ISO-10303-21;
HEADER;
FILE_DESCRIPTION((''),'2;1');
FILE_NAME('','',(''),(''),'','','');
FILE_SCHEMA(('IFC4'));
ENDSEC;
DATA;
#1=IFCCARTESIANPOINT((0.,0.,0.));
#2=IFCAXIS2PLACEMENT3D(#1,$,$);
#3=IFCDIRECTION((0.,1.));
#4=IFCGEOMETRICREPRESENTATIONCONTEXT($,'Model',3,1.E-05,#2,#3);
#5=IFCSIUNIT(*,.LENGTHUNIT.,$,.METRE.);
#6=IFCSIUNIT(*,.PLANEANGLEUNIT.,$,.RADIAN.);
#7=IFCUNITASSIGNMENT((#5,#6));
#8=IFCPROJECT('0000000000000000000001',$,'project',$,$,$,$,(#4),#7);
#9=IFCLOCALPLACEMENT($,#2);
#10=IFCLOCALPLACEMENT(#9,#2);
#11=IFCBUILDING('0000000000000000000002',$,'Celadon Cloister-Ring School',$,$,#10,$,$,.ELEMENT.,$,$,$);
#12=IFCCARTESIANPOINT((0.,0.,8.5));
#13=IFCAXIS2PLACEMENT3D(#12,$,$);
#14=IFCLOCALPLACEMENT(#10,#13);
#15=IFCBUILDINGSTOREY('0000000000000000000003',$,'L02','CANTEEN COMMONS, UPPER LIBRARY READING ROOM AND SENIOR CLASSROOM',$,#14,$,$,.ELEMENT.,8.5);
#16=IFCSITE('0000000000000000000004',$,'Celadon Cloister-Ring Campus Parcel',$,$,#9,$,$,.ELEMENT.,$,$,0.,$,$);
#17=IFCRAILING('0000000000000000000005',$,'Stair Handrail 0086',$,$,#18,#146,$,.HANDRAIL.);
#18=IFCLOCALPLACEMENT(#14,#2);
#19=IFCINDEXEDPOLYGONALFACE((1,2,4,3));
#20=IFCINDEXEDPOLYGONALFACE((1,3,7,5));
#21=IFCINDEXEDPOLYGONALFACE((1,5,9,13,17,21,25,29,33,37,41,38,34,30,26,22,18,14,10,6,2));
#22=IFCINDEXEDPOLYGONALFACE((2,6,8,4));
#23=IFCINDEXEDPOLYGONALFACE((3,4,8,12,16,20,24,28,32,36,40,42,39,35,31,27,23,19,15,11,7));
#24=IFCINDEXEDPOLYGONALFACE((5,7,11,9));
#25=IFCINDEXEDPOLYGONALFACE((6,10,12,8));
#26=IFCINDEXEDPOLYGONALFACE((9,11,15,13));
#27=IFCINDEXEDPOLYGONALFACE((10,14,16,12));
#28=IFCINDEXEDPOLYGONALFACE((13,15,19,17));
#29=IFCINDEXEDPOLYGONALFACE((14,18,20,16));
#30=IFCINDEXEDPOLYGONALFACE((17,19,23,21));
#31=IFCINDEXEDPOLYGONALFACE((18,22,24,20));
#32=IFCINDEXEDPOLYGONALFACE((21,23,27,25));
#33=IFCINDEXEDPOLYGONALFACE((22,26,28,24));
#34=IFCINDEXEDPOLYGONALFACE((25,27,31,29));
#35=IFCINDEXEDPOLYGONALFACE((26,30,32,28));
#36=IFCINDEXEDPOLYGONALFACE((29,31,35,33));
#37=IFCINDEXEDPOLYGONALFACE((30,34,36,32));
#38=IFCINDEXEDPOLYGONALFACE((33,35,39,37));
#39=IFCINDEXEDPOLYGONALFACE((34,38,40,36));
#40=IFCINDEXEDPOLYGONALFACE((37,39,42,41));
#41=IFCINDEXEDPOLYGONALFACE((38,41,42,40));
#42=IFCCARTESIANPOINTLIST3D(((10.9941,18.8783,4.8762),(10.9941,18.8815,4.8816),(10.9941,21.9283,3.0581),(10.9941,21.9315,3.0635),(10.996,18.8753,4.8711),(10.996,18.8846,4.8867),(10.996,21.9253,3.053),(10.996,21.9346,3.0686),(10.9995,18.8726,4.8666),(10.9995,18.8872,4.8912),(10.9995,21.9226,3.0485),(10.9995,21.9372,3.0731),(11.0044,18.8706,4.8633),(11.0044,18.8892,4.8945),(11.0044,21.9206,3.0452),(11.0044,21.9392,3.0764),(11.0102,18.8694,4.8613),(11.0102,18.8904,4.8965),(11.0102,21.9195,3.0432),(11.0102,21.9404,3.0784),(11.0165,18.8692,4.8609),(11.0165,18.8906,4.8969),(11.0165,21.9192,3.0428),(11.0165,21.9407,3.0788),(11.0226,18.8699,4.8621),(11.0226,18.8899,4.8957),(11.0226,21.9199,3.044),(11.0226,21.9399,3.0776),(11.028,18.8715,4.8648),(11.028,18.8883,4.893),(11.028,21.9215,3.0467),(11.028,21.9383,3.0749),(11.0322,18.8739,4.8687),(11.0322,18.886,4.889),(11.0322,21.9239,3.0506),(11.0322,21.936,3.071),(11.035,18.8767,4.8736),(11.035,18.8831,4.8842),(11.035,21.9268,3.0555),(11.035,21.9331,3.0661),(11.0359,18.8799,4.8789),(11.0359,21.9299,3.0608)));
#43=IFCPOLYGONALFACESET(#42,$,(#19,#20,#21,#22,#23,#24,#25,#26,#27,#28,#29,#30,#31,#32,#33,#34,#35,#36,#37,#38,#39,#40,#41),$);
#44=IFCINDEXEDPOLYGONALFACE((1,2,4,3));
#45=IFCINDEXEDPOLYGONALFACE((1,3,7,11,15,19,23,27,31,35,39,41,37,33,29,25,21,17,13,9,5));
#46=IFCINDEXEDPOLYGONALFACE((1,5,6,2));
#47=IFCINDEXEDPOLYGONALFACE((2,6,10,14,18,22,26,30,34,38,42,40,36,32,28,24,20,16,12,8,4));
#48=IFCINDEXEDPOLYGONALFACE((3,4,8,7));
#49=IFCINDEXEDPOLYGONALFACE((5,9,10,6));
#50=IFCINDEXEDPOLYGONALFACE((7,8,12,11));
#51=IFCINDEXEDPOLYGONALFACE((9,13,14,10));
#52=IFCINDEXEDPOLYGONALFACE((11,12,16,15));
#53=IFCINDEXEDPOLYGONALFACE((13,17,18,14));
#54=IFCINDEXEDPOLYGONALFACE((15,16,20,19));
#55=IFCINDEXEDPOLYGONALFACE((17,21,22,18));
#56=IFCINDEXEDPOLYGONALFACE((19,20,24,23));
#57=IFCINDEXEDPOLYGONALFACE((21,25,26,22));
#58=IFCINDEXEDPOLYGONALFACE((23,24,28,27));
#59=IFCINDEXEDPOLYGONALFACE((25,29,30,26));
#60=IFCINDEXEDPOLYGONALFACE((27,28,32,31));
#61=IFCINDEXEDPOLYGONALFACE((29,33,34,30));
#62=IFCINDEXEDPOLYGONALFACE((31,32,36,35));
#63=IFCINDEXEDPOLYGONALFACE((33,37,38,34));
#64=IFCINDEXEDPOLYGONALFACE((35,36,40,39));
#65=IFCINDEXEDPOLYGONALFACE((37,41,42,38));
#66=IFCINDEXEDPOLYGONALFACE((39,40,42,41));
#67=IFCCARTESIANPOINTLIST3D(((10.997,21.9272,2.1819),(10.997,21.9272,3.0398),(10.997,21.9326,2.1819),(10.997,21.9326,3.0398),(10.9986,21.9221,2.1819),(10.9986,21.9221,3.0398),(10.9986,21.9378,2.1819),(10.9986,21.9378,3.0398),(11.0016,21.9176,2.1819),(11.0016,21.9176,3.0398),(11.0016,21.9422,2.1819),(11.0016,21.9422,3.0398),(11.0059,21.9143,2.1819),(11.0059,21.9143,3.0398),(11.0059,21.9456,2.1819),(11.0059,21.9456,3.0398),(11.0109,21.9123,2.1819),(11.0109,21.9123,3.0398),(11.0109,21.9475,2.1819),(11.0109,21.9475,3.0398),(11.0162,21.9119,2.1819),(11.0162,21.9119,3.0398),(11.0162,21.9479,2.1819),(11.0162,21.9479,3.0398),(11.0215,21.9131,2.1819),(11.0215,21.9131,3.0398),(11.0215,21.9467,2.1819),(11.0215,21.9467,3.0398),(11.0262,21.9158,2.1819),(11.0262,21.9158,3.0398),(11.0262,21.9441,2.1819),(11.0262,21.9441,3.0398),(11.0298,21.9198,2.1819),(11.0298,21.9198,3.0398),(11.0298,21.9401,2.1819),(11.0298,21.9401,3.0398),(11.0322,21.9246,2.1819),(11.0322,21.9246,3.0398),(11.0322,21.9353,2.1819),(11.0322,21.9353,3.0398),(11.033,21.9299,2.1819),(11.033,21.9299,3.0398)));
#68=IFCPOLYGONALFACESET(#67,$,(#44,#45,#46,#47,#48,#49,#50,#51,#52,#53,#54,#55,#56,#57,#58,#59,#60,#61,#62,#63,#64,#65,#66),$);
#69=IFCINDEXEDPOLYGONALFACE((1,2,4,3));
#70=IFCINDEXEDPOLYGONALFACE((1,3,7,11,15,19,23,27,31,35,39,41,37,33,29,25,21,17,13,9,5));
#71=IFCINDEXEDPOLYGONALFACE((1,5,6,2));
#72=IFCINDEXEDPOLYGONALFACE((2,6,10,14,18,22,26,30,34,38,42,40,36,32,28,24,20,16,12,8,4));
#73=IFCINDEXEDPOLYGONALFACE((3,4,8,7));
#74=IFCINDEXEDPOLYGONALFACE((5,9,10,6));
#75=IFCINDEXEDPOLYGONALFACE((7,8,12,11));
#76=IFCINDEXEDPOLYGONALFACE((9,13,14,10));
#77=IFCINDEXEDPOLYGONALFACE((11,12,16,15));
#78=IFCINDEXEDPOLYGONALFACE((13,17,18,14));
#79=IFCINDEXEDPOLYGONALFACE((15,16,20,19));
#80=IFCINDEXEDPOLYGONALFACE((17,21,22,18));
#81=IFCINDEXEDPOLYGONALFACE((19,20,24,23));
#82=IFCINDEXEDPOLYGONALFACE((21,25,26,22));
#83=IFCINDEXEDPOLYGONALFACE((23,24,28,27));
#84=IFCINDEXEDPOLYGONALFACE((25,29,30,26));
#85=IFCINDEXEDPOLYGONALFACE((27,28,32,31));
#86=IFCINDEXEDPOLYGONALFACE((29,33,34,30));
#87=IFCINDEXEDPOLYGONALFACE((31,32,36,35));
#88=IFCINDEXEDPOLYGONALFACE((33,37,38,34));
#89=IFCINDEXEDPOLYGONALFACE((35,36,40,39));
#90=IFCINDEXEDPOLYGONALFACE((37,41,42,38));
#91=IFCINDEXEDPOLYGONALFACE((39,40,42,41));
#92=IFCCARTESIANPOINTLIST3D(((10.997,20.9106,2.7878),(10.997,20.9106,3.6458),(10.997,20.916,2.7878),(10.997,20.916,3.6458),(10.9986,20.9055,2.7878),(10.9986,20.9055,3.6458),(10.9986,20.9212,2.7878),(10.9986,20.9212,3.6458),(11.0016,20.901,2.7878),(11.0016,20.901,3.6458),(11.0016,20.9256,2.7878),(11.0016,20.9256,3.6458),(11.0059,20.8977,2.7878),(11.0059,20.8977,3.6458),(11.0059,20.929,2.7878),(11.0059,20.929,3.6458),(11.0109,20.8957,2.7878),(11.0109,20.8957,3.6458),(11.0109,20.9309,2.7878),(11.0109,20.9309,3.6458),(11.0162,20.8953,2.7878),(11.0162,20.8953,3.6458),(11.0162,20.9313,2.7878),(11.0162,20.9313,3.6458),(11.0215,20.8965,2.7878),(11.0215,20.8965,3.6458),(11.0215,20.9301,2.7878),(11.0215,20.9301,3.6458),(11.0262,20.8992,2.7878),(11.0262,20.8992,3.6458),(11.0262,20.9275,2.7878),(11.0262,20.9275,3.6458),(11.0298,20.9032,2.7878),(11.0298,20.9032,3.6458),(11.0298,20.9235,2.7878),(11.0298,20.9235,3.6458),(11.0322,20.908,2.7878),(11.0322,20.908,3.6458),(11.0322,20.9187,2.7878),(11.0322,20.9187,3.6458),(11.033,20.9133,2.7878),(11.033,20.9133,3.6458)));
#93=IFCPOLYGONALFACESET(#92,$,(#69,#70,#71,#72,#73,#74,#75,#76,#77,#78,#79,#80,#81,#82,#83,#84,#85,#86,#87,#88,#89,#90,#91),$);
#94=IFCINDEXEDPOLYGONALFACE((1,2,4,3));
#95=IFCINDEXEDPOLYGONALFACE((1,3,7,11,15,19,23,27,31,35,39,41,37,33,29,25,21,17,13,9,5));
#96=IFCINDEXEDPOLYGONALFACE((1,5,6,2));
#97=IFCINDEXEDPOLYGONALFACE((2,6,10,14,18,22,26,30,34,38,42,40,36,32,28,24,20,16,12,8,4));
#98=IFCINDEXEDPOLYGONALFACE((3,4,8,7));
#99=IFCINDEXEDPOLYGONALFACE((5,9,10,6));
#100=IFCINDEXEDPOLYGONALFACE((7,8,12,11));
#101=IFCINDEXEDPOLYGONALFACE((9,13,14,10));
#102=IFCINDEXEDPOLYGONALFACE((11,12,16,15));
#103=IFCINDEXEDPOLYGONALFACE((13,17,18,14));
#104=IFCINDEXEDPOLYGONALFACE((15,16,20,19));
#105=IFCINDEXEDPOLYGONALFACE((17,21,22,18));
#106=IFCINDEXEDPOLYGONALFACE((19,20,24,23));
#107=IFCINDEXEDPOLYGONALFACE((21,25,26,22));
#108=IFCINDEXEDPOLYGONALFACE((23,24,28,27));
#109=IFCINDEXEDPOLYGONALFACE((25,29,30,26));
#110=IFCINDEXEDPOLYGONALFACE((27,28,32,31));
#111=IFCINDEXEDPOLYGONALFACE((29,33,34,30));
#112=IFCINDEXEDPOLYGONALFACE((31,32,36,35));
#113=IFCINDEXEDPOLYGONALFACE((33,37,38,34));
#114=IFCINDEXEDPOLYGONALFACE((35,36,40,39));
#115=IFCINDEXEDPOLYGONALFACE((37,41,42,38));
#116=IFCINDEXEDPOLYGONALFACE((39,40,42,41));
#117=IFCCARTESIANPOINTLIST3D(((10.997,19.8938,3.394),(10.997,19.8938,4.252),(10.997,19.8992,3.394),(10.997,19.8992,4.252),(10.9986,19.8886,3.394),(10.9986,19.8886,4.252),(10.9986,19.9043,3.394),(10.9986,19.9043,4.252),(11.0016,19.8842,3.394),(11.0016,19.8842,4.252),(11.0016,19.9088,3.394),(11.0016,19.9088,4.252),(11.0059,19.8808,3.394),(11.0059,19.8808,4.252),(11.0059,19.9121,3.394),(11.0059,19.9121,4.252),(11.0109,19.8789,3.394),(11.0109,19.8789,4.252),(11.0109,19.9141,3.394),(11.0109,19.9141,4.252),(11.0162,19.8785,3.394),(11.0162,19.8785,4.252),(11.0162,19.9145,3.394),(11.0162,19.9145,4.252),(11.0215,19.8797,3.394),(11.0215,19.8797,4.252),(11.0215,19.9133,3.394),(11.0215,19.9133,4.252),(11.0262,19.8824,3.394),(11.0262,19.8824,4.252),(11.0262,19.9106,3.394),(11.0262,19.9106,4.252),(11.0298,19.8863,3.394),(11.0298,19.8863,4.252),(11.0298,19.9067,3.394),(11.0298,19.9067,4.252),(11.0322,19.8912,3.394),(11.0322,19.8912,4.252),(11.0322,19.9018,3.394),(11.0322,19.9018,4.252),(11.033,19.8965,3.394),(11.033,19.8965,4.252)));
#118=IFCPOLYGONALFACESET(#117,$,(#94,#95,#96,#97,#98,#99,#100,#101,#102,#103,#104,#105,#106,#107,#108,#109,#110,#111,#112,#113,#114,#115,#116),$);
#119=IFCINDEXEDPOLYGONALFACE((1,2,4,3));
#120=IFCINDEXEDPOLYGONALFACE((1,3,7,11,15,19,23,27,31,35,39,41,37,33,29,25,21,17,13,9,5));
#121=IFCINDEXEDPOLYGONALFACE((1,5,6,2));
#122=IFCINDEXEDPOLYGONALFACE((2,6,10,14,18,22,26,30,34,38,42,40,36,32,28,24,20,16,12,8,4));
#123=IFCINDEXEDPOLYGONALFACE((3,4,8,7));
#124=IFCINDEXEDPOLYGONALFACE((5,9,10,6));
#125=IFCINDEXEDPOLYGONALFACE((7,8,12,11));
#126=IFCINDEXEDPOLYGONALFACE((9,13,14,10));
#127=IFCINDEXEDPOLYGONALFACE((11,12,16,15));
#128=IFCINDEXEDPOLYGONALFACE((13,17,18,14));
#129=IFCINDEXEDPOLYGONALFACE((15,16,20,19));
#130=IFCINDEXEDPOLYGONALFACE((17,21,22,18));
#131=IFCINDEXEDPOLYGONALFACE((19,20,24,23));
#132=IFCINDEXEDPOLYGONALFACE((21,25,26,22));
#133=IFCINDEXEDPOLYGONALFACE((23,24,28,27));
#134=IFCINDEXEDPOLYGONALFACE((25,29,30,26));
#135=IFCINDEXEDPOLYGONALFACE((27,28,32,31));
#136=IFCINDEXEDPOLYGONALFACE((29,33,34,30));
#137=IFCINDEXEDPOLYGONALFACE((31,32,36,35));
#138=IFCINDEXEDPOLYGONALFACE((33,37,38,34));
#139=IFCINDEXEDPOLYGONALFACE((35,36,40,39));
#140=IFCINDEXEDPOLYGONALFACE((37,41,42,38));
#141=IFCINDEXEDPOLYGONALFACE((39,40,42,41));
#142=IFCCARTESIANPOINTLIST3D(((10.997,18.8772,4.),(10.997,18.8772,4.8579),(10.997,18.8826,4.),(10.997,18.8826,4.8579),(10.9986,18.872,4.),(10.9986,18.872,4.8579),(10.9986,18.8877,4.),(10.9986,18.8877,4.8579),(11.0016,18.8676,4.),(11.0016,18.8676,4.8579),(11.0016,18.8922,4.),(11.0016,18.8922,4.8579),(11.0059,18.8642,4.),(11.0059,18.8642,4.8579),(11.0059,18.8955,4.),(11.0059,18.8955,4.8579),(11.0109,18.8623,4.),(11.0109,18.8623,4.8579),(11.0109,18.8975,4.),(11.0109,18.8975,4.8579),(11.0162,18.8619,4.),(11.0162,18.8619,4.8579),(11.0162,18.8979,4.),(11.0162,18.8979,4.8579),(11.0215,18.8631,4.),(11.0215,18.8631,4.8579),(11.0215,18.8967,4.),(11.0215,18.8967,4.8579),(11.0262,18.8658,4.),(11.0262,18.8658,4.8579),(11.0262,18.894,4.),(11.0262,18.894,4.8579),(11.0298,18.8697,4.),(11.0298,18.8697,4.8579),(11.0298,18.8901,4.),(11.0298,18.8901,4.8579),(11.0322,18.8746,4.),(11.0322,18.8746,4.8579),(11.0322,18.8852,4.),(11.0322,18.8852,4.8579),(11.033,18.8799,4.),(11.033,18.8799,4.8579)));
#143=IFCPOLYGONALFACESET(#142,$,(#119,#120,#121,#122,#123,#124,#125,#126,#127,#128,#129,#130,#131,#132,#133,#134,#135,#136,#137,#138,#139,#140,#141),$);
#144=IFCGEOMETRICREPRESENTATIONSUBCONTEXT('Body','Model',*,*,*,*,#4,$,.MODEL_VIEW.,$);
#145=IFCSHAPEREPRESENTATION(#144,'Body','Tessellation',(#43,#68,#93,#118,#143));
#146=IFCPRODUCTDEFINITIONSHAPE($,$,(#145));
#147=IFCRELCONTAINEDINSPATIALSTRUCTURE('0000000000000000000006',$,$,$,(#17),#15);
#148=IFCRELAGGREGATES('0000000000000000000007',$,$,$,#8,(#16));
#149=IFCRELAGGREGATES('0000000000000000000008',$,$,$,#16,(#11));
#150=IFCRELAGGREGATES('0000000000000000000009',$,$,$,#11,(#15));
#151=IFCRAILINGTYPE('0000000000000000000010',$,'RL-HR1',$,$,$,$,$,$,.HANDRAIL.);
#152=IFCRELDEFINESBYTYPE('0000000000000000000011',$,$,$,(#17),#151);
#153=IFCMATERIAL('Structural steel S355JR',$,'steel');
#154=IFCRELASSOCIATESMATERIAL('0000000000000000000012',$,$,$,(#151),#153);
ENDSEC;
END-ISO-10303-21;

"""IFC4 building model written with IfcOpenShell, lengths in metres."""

from ifc_helpers import new_model, si_unit, direction, frame, origin, origin_2d, place, context, subcontext, project, spatial, circle, extrude, material, type_object, element, save


model = new_model("IFC4")

# Units and contexts
model_context = context("Model", 3, precision=1e-05, world=origin(), true_north=direction((0.0, 1.0)))
body_context = subcontext(model_context, "Body", "Model", "MODEL_VIEW")
ifc_project = project(units=[si_unit("LENGTHUNIT", "METRE"), si_unit("PLANEANGLEUNIT", "RADIAN")], contexts=[model_context])

# Site, building, storey
site_placement = place(None, origin())
site = spatial("IfcSite", under=ifc_project, at=site_placement, Name="Celadon Cloister-Ring Campus Parcel", CompositionType="ELEMENT", RefElevation=0.0)
building_placement = place(site_placement, origin())
building = spatial("IfcBuilding", under=site, at=building_placement, Name="Celadon Cloister-Ring School", CompositionType="ELEMENT")
storey_placement = place(building_placement, frame((0.0, 0.0, 8.5)))
storey = spatial("IfcBuildingStorey", under=building, at=storey_placement, Name="L02", Description="CANTEEN COMMONS, UPPER LIBRARY READING ROOM AND SENIOR CLASSROOM", CompositionType="ELEMENT", Elevation=8.5)

# Railing
ifc_material_1 = material(Name="Structural steel S355JR", Category="steel")
railing_type_1 = type_object("IfcRailingType", Name="RL-HR1", PredefinedType="HANDRAIL", material=ifc_material_1)
for number, where, name in (
    (1, (11.0149, 21.9299, 2.1819), "Stair Handrail 0086"),
):
    element("IfcRailing", number, at=place(storey_placement, frame(where)), inside=storey, type_object=railing_type_1, Name=name, PredefinedType="HANDRAIL", context=body_context, shape_type="SweptSolid", body=[
        extrude(circle(Radius=0.021, at=origin_2d()), frame((0.0, 0.0, 0.8789), z_axis=(0.0, -0.85897, 0.512026), x_axis=(1.0, 0.0, 0.0)), (0.0, 0.0, 1.0), 3.5508),
        extrude(circle(Radius=0.0181, at=origin_2d()), origin(), (0.0, 0.0, 1.0), 0.8579),
        extrude(circle(Radius=0.0181, at=origin_2d()), frame((0.0, -1.0166, 0.606)), (0.0, 0.0, 1.0), 0.8579),
        extrude(circle(Radius=0.0181, at=origin_2d()), frame((0.0, -2.0334, 1.2122)), (0.0, 0.0, 1.0), 0.8579),
        extrude(circle(Radius=0.0181, at=origin_2d()), frame((0.0, -3.05, 1.8181)), (0.0, 0.0, 1.0), 0.8579),
    ])

save(model, "model.ifc")
